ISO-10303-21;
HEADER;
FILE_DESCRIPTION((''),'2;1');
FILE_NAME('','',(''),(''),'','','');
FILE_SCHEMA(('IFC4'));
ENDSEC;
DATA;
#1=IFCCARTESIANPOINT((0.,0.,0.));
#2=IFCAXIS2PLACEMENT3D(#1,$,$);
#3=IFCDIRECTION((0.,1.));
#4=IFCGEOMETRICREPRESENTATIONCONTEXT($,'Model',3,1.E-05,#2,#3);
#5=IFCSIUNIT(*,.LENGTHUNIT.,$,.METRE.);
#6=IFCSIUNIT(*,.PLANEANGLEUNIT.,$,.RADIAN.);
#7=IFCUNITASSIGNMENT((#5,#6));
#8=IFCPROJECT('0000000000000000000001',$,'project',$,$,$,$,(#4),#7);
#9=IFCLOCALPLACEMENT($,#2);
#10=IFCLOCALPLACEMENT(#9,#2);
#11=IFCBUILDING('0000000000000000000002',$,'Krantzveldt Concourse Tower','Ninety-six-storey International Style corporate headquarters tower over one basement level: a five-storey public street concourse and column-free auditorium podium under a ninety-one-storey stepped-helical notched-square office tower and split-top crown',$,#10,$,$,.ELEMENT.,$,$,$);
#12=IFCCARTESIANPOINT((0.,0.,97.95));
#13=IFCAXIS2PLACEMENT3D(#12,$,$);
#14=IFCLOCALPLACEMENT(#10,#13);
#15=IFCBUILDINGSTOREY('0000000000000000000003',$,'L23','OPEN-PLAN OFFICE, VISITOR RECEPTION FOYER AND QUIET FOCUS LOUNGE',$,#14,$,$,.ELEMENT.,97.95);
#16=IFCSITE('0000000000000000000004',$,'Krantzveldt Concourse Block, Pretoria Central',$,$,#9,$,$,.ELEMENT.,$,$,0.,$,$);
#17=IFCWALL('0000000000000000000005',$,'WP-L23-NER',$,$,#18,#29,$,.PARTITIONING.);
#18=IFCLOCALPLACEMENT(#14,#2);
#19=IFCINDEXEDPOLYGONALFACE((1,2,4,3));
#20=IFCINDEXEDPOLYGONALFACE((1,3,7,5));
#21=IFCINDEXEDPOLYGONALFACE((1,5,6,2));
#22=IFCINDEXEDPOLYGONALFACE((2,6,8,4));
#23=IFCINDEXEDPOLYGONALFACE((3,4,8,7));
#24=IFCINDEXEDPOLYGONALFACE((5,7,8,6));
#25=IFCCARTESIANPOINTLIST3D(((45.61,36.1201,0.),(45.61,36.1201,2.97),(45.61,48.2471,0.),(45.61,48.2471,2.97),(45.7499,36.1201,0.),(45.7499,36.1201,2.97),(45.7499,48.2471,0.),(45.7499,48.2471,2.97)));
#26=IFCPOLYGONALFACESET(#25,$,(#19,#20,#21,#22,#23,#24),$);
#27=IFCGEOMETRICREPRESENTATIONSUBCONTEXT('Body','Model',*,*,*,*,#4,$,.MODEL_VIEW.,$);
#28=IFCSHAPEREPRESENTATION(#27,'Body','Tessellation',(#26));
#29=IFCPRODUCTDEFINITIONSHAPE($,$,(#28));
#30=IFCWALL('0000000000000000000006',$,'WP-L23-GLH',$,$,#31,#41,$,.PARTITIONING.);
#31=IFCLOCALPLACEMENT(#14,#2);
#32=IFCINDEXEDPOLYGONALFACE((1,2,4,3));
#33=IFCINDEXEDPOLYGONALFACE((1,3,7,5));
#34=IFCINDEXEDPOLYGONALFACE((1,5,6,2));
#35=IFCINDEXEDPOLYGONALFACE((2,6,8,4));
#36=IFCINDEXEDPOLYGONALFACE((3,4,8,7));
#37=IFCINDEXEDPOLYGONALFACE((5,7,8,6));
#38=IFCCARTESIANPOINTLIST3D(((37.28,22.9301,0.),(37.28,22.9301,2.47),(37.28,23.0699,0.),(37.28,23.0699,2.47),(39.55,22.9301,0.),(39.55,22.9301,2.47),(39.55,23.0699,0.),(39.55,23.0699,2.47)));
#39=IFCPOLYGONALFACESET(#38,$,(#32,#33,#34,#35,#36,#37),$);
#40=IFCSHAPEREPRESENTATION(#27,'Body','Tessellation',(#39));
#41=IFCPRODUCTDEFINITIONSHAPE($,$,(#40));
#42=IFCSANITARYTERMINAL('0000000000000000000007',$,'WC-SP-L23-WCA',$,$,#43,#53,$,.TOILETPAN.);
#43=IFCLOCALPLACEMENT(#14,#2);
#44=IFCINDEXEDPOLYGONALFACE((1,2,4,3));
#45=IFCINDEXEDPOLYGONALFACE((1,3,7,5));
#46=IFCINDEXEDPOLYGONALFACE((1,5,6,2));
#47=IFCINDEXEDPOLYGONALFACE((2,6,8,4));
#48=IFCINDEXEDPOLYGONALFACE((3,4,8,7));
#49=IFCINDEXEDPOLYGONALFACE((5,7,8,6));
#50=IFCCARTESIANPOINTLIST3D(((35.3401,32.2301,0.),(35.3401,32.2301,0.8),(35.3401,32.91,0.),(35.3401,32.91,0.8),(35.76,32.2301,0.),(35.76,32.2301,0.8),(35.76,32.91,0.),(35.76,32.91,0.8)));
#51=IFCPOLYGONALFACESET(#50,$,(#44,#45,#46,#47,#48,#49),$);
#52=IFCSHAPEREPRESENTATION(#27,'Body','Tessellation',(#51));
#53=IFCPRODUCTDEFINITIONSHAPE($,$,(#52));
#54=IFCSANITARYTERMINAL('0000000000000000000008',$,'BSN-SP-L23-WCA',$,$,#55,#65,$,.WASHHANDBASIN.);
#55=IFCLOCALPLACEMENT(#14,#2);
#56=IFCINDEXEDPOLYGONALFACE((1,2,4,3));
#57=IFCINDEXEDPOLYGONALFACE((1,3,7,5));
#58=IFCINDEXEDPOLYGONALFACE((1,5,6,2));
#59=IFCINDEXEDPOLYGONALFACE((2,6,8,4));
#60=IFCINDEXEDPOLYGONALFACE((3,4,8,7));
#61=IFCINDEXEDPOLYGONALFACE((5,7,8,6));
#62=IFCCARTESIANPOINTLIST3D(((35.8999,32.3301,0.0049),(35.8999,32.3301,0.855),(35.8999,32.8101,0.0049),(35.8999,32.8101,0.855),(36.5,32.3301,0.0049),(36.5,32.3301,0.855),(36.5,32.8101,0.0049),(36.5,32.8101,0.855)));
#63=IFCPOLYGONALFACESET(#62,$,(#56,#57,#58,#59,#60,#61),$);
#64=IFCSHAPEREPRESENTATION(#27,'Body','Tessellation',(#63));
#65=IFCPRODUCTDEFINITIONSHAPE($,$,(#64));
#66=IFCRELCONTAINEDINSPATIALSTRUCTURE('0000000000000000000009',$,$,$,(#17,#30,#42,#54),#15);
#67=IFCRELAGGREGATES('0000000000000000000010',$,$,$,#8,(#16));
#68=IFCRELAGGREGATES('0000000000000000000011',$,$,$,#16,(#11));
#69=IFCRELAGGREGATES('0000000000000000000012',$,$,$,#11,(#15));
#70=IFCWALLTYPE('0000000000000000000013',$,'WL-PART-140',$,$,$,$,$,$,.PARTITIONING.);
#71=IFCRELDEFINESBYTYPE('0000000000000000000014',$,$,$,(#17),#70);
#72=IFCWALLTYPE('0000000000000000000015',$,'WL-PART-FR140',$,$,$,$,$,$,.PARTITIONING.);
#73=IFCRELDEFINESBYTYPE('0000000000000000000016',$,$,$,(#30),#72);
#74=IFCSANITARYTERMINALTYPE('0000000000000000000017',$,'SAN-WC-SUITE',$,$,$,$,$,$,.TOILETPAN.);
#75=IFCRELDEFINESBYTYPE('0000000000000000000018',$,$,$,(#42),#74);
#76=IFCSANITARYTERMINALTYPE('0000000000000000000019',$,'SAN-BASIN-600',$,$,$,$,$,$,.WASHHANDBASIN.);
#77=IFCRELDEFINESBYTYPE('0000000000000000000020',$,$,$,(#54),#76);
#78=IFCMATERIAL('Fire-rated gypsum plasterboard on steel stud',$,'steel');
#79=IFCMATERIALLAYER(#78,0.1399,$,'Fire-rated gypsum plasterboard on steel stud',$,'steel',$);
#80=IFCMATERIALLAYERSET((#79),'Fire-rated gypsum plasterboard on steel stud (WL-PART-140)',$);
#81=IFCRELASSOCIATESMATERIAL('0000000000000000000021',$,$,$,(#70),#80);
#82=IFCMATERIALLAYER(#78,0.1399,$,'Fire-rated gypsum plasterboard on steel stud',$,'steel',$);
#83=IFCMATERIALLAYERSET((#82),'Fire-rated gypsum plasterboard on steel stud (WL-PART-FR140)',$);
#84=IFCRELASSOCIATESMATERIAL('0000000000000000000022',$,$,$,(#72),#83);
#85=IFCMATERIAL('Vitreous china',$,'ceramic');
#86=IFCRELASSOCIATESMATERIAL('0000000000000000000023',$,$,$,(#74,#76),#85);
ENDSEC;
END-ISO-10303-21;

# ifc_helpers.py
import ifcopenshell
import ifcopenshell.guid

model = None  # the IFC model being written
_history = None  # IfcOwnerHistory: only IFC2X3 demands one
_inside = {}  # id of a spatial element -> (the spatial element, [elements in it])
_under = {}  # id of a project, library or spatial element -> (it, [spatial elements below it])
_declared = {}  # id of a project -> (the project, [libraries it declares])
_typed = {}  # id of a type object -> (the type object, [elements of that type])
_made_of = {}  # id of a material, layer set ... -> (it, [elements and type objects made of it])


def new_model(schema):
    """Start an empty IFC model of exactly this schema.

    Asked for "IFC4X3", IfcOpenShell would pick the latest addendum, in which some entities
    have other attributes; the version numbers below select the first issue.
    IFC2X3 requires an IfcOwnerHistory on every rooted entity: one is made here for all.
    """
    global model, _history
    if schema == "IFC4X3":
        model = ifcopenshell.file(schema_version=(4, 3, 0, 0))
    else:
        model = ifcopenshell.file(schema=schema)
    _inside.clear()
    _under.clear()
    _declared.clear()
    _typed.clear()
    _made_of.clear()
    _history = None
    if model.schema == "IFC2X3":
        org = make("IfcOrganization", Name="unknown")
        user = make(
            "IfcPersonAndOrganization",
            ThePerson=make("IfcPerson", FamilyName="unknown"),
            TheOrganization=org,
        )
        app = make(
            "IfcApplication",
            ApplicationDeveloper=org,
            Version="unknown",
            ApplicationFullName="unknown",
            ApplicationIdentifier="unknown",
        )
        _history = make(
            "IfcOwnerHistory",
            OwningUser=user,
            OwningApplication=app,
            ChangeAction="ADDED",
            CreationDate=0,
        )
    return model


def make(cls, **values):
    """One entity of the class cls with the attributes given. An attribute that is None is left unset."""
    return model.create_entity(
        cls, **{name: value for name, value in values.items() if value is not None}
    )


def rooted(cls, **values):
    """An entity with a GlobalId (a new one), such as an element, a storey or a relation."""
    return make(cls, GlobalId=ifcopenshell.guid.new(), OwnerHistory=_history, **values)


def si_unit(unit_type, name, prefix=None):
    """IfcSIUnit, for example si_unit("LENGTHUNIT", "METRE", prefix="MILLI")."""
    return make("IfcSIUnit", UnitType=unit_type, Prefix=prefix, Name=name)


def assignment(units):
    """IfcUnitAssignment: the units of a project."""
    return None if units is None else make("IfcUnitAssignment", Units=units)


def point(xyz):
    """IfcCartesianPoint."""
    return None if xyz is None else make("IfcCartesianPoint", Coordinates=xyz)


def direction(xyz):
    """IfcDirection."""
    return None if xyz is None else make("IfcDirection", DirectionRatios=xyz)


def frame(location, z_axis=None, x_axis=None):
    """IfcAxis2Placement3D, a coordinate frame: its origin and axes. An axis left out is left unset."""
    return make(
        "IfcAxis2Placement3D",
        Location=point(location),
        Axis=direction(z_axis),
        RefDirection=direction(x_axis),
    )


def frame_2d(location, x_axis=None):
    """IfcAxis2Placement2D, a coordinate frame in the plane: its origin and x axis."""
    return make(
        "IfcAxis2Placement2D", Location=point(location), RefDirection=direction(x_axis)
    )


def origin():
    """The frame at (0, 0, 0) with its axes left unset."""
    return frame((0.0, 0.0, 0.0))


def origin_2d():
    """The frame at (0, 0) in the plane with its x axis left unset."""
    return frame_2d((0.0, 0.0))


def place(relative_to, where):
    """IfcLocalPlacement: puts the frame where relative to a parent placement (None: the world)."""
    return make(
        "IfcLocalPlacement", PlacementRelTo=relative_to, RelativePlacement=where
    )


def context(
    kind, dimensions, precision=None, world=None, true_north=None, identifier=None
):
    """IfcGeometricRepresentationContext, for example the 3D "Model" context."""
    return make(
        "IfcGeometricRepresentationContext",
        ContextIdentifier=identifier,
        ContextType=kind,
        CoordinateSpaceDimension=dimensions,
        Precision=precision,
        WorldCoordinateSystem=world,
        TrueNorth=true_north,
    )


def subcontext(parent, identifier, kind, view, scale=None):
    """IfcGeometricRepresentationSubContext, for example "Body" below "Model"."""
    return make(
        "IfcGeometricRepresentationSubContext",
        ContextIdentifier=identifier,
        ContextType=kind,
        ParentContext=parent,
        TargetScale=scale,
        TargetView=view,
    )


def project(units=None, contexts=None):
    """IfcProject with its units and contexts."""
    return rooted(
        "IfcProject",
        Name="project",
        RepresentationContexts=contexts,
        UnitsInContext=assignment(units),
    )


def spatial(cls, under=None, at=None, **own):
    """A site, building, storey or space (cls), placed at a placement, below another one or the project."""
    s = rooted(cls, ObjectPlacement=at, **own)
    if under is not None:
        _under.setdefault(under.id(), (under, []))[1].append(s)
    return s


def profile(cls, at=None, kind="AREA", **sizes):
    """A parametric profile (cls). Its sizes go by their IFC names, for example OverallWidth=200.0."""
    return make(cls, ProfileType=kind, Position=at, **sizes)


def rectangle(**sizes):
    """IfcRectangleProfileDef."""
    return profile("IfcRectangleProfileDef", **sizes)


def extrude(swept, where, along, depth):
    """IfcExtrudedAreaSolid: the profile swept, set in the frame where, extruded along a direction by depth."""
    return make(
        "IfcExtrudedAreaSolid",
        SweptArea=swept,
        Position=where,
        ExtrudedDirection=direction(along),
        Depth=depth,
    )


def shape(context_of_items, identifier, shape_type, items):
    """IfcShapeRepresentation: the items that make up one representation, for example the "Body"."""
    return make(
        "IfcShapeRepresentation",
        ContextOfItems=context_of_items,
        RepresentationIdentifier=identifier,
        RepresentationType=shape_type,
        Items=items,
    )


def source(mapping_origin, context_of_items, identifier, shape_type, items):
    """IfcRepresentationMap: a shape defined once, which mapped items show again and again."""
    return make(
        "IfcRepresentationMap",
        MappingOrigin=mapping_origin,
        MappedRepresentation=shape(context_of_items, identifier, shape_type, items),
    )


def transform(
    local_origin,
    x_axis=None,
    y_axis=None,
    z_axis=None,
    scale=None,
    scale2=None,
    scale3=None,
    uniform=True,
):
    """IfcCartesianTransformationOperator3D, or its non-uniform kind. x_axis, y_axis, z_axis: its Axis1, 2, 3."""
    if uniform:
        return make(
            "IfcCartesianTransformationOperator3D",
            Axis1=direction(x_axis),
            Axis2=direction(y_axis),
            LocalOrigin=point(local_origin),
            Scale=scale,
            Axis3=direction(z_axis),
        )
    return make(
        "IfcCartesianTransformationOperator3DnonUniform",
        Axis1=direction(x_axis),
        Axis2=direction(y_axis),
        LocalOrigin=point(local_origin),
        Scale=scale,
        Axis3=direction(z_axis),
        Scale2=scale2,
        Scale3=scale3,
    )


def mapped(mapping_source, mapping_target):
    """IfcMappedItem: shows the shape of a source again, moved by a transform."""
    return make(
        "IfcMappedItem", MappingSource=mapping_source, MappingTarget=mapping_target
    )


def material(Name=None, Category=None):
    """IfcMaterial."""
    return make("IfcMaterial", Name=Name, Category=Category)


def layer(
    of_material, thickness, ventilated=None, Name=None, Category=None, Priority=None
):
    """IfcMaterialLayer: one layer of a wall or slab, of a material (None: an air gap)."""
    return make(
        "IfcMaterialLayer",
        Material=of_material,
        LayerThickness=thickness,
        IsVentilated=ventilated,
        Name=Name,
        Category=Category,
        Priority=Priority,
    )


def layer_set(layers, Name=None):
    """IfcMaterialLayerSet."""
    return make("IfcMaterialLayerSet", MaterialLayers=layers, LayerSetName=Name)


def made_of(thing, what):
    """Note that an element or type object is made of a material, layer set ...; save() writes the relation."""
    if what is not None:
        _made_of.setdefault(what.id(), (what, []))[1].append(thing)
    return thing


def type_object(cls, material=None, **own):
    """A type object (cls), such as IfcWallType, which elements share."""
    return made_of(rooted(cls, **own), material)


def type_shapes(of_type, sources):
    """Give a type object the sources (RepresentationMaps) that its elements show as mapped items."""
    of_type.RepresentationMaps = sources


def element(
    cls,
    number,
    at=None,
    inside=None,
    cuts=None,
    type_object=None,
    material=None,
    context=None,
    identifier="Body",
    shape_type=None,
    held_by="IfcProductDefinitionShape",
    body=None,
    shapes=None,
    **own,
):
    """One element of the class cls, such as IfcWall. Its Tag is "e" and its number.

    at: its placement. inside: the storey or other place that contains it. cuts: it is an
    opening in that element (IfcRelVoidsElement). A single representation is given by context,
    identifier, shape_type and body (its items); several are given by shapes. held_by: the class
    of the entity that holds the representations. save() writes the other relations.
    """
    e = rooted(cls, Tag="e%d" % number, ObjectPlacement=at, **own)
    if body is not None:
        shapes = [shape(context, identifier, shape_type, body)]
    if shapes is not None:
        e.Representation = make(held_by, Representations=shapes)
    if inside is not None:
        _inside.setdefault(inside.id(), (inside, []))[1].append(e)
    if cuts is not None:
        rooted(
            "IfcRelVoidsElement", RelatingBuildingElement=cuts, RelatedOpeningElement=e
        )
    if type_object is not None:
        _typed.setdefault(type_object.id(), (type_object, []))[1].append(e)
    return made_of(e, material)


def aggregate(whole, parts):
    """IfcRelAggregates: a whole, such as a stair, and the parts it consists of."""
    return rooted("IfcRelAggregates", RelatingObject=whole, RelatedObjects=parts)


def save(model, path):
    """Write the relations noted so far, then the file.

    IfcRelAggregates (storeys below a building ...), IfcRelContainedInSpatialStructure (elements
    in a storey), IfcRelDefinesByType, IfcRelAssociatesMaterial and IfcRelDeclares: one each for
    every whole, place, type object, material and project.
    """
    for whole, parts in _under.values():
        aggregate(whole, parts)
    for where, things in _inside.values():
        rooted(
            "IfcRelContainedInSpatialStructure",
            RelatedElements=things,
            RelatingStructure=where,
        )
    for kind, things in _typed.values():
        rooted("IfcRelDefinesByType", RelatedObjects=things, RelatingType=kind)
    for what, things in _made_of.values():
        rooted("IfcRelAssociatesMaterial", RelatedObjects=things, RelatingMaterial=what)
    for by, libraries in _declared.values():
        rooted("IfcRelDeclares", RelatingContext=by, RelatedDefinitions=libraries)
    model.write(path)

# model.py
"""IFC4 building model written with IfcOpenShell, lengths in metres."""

from ifc_helpers import new_model, si_unit, direction, frame, frame_2d, origin, origin_2d, place, context, subcontext, project, spatial, rectangle, extrude, source, transform, mapped, material, layer, layer_set, type_object, type_shapes, element, save


model = new_model("IFC4")

# Units and contexts
model_context = context("Model", 3, precision=1e-05, world=origin(), true_north=direction((0.0, 1.0)))
body_context = subcontext(model_context, "Body", "Model", "MODEL_VIEW")
ifc_project = project(units=[si_unit("LENGTHUNIT", "METRE"), si_unit("PLANEANGLEUNIT", "RADIAN")], contexts=[model_context])

# Site, building, storey
site_placement = place(None, origin())
site = spatial("IfcSite", under=ifc_project, at=site_placement, Name="Krantzveldt Concourse Block, Pretoria Central", CompositionType="ELEMENT", RefElevation=0.0)
building_placement = place(site_placement, origin())
building = spatial("IfcBuilding", under=site, at=building_placement, Name="Krantzveldt Concourse Tower", Description="Ninety-six-storey International Style corporate headquarters tower over one basement level: a five-storey public street concourse and column-free auditorium podium under a ninety-one-storey stepped-helical notched-square office tower and split-top crown", CompositionType="ELEMENT")
storey_placement = place(building_placement, frame((0.0, 0.0, 97.95)))
storey = spatial("IfcBuildingStorey", under=building, at=storey_placement, Name="L23", Description="OPEN-PLAN OFFICE, VISITOR RECEPTION FOYER AND QUIET FOCUS LOUNGE", CompositionType="ELEMENT", Elevation=97.95)

# Walls
ifc_material_1 = material(Name="Fire-rated gypsum plasterboard on steel stud", Category="steel")
ifc_layer_1 = layer(ifc_material_1, 0.1399, Name="Fire-rated gypsum plasterboard on steel stud", Category="steel")
ifc_layer_set_1 = layer_set([ifc_layer_1], Name="Fire-rated gypsum plasterboard on steel stud (WL-PART-140)")
wall_type_1 = type_object("IfcWallType", Name="WL-PART-140", PredefinedType="PARTITIONING", material=ifc_layer_set_1)
wall_1_placement = place(storey_placement, frame((45.6799, 36.1201, 0.0), z_axis=(0.0, 0.0, 1.0), x_axis=(0.0, 1.0, 0.0)))
element("IfcWall", 1, at=wall_1_placement, inside=storey, type_object=wall_type_1, Name="WP-L23-NER", PredefinedType="PARTITIONING", context=body_context, shape_type="SweptSolid", body=[
    extrude(rectangle(XDim=12.127, YDim=0.1399, at=frame_2d((6.0635, 0.0))), origin(), (0.0, 0.0, 1.0), 2.97),
])
ifc_layer_2 = layer(ifc_material_1, 0.1399, Name="Fire-rated gypsum plasterboard on steel stud", Category="steel")
ifc_layer_set_2 = layer_set([ifc_layer_2], Name="Fire-rated gypsum plasterboard on steel stud (WL-PART-FR140)")
wall_type_2 = type_object("IfcWallType", Name="WL-PART-FR140", PredefinedType="PARTITIONING", material=ifc_layer_set_2)
wall_2_placement = place(storey_placement, frame((37.28, 23.0, 0.0), z_axis=(0.0, 0.0, 1.0), x_axis=(1.0, 0.0, 0.0)))
element("IfcWall", 2, at=wall_2_placement, inside=storey, type_object=wall_type_2, Name="WP-L23-GLH", PredefinedType="PARTITIONING", context=body_context, shape_type="SweptSolid", body=[
    extrude(rectangle(XDim=2.27, YDim=0.1399, at=frame_2d((1.135, 0.0))), origin(), (0.0, 0.0, 1.0), 2.47),
])

# Sanitary terminals
ifc_material_2 = material(Name="Vitreous china", Category="ceramic")
sanitary_terminal_type_1 = type_object("IfcSanitaryTerminalType", Name="SAN-WC-SUITE", PredefinedType="TOILETPAN", material=ifc_material_2)
shared_shape_1 = source(origin(), body_context, "Body", "SweptSolid", [
    extrude(rectangle(XDim=0.4199, YDim=0.6799, at=origin_2d()), origin(), (0.0, 0.0, 1.0), 0.8),
])
type_shapes(sanitary_terminal_type_1, [shared_shape_1])
sanitary_terminal_1_placement = place(storey_placement, frame((35.55, 32.5701, 0.0), z_axis=(0.0, 0.0, 1.0), x_axis=(1.0, 0.0, 0.0)))
element("IfcSanitaryTerminal", 3, at=sanitary_terminal_1_placement, inside=storey, type_object=sanitary_terminal_type_1, Name="WC-SP-L23-WCA", PredefinedType="TOILETPAN", context=body_context, shape_type="MappedRepresentation", body=[
    mapped(shared_shape_1, transform((0.0, 0.0, 0.0), x_axis=(1.0, 0.0, 0.0), y_axis=(0.0, 1.0, 0.0), z_axis=(0.0, 0.0, 1.0), scale=1.0)),
])
sanitary_terminal_type_2 = type_object("IfcSanitaryTerminalType", Name="SAN-BASIN-600", PredefinedType="WASHHANDBASIN", material=ifc_material_2)
shared_shape_2 = source(origin(), body_context, "Body", "SweptSolid", [
    extrude(rectangle(XDim=0.6001, YDim=0.48, at=origin_2d()), origin(), (0.0, 0.0, 1.0), 0.8501),
])
type_shapes(sanitary_terminal_type_2, [shared_shape_2])
sanitary_terminal_2_placement = place(storey_placement, frame((36.2, 32.5701, 0.0049), z_axis=(0.0, 0.0, 1.0), x_axis=(1.0, 0.0, 0.0)))
element("IfcSanitaryTerminal", 4, at=sanitary_terminal_2_placement, inside=storey, type_object=sanitary_terminal_type_2, Name="BSN-SP-L23-WCA", PredefinedType="WASHHANDBASIN", context=body_context, shape_type="MappedRepresentation", body=[
    mapped(shared_shape_2, transform((0.0, 0.0, 0.0), x_axis=(1.0, 0.0, 0.0), y_axis=(0.0, 1.0, 0.0), z_axis=(0.0, 0.0, 1.0), scale=1.0)),
])

save(model, "model.ifc")
